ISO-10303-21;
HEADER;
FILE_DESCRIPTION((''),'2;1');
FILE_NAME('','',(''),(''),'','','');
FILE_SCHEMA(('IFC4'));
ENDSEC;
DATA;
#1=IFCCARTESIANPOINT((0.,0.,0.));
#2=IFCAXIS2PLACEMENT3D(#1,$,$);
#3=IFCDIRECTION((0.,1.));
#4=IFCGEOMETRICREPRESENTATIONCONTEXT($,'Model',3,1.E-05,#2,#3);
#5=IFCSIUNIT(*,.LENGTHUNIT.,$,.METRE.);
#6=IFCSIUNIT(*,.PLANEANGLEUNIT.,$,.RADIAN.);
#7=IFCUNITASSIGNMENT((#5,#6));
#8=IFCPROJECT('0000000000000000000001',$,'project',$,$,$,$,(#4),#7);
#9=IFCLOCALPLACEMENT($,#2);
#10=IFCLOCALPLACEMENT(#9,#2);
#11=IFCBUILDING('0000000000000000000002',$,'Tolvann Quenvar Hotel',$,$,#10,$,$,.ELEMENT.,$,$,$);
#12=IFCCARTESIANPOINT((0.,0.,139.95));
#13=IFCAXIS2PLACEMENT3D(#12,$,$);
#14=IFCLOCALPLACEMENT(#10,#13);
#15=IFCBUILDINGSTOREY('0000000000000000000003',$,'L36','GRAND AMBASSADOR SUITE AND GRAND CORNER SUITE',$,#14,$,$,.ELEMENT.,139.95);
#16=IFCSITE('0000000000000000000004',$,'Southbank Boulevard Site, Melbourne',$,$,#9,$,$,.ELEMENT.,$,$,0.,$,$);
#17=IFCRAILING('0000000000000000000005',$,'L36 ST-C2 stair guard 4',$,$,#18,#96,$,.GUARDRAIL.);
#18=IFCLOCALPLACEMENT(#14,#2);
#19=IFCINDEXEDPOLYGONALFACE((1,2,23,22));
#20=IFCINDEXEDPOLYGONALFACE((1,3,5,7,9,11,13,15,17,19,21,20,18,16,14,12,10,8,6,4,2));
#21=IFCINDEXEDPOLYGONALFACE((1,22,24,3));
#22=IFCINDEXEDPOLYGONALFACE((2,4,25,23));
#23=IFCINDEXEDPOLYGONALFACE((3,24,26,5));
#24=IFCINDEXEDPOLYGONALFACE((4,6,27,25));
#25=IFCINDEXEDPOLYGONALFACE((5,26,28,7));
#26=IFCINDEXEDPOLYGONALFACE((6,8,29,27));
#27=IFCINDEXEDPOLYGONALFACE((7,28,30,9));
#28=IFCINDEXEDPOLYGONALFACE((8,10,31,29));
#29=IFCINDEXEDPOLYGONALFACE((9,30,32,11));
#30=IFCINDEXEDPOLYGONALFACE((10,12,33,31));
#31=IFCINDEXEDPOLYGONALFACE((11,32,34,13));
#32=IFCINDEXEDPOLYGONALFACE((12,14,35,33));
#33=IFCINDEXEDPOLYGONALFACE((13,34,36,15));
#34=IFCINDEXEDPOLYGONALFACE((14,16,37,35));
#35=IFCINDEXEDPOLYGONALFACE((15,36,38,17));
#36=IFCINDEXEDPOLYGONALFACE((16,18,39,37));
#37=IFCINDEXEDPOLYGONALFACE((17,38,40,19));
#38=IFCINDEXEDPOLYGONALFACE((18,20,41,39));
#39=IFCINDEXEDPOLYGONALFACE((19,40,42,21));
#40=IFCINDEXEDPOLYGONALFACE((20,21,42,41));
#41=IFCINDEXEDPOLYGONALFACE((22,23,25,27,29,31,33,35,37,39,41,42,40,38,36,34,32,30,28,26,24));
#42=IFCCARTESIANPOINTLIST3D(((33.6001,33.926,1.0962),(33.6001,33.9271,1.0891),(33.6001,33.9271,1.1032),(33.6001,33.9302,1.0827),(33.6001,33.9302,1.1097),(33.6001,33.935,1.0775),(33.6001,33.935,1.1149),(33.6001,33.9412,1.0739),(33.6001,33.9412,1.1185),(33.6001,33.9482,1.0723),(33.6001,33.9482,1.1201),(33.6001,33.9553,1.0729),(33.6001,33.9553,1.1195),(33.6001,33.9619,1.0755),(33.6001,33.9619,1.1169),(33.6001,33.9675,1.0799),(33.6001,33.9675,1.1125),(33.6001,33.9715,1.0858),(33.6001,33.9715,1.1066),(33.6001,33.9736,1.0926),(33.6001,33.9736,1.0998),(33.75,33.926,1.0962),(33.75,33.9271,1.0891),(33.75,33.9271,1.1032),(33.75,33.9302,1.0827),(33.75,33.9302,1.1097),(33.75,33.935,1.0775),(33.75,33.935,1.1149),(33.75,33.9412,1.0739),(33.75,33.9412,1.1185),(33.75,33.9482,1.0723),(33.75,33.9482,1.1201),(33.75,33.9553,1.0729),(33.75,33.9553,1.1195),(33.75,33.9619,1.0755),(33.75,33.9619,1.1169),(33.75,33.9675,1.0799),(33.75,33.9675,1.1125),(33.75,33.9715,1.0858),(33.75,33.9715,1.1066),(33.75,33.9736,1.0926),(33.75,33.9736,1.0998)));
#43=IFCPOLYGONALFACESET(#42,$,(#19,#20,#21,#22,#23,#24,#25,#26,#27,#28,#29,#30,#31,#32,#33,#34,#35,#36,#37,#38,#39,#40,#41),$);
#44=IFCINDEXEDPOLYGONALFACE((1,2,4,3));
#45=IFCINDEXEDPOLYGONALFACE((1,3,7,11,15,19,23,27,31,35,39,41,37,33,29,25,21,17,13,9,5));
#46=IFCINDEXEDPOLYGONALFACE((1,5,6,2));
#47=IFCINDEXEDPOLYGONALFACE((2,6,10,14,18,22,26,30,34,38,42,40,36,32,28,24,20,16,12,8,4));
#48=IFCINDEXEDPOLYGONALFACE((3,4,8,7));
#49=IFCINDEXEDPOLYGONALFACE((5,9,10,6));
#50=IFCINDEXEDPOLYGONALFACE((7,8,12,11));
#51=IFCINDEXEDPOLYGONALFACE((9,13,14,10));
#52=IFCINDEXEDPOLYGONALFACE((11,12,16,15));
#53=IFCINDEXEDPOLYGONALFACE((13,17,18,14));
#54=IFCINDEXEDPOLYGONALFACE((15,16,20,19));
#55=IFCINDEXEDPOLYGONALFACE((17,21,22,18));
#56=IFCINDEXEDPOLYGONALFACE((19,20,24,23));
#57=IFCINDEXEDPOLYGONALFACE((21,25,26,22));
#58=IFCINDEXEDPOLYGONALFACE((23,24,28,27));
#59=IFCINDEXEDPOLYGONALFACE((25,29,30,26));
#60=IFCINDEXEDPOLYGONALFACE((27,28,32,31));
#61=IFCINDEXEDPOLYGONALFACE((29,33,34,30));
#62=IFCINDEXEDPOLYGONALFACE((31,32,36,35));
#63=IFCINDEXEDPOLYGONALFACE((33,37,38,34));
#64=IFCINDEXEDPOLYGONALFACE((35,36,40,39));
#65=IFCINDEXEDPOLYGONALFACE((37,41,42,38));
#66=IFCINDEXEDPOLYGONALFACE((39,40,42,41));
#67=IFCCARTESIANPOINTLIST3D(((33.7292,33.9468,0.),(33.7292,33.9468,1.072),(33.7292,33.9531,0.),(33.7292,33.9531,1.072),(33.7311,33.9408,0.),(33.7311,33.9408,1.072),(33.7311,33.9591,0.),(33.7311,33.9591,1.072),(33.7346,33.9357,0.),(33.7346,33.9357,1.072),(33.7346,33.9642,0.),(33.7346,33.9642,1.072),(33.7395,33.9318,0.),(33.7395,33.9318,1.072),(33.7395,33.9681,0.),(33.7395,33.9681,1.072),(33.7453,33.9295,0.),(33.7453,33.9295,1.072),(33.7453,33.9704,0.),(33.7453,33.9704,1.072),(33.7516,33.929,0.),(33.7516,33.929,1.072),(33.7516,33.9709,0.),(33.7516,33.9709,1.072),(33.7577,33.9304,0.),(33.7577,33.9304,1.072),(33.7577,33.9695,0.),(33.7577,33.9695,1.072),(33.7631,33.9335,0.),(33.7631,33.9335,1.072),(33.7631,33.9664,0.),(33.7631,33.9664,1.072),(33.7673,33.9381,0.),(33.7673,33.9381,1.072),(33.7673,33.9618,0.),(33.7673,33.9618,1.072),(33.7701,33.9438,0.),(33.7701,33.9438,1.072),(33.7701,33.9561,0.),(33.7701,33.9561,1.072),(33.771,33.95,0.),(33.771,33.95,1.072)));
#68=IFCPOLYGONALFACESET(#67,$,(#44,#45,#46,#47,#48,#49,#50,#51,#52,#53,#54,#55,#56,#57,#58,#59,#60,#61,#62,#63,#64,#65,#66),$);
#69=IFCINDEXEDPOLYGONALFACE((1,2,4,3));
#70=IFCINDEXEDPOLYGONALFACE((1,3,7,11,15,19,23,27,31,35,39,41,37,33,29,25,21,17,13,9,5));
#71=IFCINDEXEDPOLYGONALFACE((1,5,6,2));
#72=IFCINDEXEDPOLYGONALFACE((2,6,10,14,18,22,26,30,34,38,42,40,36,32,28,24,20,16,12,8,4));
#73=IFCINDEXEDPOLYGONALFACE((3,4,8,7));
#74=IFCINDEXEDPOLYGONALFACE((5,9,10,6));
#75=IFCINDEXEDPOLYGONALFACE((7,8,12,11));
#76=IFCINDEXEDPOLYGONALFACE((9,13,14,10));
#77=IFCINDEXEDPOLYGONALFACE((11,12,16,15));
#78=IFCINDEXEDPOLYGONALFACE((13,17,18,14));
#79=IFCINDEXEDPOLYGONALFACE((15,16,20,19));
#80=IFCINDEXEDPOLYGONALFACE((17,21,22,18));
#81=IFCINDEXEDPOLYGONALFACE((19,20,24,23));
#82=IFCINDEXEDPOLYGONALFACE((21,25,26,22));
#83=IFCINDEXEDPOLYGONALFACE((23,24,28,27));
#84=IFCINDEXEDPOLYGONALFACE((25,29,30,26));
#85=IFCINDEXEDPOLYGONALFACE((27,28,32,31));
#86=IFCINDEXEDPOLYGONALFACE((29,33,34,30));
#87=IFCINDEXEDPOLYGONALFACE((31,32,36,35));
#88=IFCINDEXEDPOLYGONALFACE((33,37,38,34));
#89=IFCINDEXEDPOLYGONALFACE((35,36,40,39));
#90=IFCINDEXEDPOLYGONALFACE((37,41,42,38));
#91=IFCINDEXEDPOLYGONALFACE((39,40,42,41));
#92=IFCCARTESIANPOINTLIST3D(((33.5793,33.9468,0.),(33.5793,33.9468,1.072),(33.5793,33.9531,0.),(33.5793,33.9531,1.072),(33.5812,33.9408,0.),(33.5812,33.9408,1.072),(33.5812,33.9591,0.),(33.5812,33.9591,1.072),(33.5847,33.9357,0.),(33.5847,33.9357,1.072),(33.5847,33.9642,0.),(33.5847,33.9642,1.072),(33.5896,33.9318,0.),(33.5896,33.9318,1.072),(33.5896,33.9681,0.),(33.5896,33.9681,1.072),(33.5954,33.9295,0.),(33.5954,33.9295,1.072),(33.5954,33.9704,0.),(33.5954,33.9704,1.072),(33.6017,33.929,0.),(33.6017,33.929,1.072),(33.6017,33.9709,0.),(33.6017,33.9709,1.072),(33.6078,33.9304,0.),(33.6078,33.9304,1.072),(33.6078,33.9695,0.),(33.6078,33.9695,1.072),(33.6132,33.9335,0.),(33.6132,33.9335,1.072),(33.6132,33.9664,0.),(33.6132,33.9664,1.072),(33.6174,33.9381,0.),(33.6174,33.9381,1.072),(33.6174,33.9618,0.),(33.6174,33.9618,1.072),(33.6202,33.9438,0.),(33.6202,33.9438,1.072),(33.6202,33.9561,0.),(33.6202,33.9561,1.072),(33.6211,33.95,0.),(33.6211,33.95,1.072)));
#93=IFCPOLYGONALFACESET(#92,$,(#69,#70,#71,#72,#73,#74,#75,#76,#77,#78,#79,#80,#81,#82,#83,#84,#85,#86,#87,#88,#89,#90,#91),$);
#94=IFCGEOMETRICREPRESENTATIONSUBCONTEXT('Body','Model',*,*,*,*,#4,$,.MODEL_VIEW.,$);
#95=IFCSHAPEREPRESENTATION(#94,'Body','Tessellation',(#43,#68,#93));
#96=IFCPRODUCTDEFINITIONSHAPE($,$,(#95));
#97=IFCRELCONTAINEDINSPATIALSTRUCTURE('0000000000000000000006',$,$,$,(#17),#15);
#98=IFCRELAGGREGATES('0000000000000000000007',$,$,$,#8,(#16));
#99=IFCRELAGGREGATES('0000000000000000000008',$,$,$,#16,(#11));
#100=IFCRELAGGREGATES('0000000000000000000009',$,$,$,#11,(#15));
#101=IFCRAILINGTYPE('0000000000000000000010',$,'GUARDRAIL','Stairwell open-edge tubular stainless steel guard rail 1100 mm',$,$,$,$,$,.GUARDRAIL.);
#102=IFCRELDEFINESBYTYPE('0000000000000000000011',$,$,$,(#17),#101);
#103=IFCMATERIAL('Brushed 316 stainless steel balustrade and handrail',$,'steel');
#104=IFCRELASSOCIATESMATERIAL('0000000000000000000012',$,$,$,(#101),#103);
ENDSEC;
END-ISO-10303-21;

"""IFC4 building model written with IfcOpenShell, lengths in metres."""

from ifc_helpers import new_model, si_unit, direction, frame, origin, origin_2d, place, context, subcontext, project, spatial, circle, extrude, material, type_object, element, save


model = new_model("IFC4")

# Units and contexts
model_context = context("Model", 3, precision=1e-05, world=origin(), true_north=direction((0.0, 1.0)))
body_context = subcontext(model_context, "Body", "Model", "MODEL_VIEW")
ifc_project = project(units=[si_unit("LENGTHUNIT", "METRE"), si_unit("PLANEANGLEUNIT", "RADIAN")], contexts=[model_context])

# Site, building, storey
site_placement = place(None, origin())
site = spatial("IfcSite", under=ifc_project, at=site_placement, Name="Southbank Boulevard Site, Melbourne", CompositionType="ELEMENT", RefElevation=0.0)
building_placement = place(site_placement, origin())
building = spatial("IfcBuilding", under=site, at=building_placement, Name="Tolvann Quenvar Hotel", CompositionType="ELEMENT")
storey_placement = place(building_placement, frame((0.0, 0.0, 139.95)))
storey = spatial("IfcBuildingStorey", under=building, at=storey_placement, Name="L36", Description="GRAND AMBASSADOR SUITE AND GRAND CORNER SUITE", CompositionType="ELEMENT", Elevation=139.95)

# Railing
ifc_material_1 = material(Name="Brushed 316 stainless steel balustrade and handrail", Category="steel")
railing_type_1 = type_object("IfcRailingType", Name="GUARDRAIL", Description="Stairwell open-edge tubular stainless steel guard rail 1100 mm", PredefinedType="GUARDRAIL", material=ifc_material_1)
railing_1_placement = place(storey_placement, frame((33.75, 33.95, 0.0)))
element("IfcRailing", 1, at=railing_1_placement, inside=storey, type_object=railing_type_1, Name="L36 ST-C2 stair guard 4", PredefinedType="GUARDRAIL", context=body_context, shape_type="SweptSolid", body=[
    extrude(circle(Radius=0.0239, at=origin_2d()), frame((0.0, 0.0, 1.0962), z_axis=(-1.0, 0.0, 0.0), x_axis=(0.0, -1.0, 0.0)), (0.0, 0.0, 1.0), 0.1499),
    extrude(circle(Radius=0.021, at=origin_2d()), origin(), (0.0, 0.0, 1.0), 1.072),
    extrude(circle(Radius=0.021, at=origin_2d()), frame((-0.1499, 0.0, 0.0)), (0.0, 0.0, 1.0), 1.072),
])

save(model, "model.ifc")
